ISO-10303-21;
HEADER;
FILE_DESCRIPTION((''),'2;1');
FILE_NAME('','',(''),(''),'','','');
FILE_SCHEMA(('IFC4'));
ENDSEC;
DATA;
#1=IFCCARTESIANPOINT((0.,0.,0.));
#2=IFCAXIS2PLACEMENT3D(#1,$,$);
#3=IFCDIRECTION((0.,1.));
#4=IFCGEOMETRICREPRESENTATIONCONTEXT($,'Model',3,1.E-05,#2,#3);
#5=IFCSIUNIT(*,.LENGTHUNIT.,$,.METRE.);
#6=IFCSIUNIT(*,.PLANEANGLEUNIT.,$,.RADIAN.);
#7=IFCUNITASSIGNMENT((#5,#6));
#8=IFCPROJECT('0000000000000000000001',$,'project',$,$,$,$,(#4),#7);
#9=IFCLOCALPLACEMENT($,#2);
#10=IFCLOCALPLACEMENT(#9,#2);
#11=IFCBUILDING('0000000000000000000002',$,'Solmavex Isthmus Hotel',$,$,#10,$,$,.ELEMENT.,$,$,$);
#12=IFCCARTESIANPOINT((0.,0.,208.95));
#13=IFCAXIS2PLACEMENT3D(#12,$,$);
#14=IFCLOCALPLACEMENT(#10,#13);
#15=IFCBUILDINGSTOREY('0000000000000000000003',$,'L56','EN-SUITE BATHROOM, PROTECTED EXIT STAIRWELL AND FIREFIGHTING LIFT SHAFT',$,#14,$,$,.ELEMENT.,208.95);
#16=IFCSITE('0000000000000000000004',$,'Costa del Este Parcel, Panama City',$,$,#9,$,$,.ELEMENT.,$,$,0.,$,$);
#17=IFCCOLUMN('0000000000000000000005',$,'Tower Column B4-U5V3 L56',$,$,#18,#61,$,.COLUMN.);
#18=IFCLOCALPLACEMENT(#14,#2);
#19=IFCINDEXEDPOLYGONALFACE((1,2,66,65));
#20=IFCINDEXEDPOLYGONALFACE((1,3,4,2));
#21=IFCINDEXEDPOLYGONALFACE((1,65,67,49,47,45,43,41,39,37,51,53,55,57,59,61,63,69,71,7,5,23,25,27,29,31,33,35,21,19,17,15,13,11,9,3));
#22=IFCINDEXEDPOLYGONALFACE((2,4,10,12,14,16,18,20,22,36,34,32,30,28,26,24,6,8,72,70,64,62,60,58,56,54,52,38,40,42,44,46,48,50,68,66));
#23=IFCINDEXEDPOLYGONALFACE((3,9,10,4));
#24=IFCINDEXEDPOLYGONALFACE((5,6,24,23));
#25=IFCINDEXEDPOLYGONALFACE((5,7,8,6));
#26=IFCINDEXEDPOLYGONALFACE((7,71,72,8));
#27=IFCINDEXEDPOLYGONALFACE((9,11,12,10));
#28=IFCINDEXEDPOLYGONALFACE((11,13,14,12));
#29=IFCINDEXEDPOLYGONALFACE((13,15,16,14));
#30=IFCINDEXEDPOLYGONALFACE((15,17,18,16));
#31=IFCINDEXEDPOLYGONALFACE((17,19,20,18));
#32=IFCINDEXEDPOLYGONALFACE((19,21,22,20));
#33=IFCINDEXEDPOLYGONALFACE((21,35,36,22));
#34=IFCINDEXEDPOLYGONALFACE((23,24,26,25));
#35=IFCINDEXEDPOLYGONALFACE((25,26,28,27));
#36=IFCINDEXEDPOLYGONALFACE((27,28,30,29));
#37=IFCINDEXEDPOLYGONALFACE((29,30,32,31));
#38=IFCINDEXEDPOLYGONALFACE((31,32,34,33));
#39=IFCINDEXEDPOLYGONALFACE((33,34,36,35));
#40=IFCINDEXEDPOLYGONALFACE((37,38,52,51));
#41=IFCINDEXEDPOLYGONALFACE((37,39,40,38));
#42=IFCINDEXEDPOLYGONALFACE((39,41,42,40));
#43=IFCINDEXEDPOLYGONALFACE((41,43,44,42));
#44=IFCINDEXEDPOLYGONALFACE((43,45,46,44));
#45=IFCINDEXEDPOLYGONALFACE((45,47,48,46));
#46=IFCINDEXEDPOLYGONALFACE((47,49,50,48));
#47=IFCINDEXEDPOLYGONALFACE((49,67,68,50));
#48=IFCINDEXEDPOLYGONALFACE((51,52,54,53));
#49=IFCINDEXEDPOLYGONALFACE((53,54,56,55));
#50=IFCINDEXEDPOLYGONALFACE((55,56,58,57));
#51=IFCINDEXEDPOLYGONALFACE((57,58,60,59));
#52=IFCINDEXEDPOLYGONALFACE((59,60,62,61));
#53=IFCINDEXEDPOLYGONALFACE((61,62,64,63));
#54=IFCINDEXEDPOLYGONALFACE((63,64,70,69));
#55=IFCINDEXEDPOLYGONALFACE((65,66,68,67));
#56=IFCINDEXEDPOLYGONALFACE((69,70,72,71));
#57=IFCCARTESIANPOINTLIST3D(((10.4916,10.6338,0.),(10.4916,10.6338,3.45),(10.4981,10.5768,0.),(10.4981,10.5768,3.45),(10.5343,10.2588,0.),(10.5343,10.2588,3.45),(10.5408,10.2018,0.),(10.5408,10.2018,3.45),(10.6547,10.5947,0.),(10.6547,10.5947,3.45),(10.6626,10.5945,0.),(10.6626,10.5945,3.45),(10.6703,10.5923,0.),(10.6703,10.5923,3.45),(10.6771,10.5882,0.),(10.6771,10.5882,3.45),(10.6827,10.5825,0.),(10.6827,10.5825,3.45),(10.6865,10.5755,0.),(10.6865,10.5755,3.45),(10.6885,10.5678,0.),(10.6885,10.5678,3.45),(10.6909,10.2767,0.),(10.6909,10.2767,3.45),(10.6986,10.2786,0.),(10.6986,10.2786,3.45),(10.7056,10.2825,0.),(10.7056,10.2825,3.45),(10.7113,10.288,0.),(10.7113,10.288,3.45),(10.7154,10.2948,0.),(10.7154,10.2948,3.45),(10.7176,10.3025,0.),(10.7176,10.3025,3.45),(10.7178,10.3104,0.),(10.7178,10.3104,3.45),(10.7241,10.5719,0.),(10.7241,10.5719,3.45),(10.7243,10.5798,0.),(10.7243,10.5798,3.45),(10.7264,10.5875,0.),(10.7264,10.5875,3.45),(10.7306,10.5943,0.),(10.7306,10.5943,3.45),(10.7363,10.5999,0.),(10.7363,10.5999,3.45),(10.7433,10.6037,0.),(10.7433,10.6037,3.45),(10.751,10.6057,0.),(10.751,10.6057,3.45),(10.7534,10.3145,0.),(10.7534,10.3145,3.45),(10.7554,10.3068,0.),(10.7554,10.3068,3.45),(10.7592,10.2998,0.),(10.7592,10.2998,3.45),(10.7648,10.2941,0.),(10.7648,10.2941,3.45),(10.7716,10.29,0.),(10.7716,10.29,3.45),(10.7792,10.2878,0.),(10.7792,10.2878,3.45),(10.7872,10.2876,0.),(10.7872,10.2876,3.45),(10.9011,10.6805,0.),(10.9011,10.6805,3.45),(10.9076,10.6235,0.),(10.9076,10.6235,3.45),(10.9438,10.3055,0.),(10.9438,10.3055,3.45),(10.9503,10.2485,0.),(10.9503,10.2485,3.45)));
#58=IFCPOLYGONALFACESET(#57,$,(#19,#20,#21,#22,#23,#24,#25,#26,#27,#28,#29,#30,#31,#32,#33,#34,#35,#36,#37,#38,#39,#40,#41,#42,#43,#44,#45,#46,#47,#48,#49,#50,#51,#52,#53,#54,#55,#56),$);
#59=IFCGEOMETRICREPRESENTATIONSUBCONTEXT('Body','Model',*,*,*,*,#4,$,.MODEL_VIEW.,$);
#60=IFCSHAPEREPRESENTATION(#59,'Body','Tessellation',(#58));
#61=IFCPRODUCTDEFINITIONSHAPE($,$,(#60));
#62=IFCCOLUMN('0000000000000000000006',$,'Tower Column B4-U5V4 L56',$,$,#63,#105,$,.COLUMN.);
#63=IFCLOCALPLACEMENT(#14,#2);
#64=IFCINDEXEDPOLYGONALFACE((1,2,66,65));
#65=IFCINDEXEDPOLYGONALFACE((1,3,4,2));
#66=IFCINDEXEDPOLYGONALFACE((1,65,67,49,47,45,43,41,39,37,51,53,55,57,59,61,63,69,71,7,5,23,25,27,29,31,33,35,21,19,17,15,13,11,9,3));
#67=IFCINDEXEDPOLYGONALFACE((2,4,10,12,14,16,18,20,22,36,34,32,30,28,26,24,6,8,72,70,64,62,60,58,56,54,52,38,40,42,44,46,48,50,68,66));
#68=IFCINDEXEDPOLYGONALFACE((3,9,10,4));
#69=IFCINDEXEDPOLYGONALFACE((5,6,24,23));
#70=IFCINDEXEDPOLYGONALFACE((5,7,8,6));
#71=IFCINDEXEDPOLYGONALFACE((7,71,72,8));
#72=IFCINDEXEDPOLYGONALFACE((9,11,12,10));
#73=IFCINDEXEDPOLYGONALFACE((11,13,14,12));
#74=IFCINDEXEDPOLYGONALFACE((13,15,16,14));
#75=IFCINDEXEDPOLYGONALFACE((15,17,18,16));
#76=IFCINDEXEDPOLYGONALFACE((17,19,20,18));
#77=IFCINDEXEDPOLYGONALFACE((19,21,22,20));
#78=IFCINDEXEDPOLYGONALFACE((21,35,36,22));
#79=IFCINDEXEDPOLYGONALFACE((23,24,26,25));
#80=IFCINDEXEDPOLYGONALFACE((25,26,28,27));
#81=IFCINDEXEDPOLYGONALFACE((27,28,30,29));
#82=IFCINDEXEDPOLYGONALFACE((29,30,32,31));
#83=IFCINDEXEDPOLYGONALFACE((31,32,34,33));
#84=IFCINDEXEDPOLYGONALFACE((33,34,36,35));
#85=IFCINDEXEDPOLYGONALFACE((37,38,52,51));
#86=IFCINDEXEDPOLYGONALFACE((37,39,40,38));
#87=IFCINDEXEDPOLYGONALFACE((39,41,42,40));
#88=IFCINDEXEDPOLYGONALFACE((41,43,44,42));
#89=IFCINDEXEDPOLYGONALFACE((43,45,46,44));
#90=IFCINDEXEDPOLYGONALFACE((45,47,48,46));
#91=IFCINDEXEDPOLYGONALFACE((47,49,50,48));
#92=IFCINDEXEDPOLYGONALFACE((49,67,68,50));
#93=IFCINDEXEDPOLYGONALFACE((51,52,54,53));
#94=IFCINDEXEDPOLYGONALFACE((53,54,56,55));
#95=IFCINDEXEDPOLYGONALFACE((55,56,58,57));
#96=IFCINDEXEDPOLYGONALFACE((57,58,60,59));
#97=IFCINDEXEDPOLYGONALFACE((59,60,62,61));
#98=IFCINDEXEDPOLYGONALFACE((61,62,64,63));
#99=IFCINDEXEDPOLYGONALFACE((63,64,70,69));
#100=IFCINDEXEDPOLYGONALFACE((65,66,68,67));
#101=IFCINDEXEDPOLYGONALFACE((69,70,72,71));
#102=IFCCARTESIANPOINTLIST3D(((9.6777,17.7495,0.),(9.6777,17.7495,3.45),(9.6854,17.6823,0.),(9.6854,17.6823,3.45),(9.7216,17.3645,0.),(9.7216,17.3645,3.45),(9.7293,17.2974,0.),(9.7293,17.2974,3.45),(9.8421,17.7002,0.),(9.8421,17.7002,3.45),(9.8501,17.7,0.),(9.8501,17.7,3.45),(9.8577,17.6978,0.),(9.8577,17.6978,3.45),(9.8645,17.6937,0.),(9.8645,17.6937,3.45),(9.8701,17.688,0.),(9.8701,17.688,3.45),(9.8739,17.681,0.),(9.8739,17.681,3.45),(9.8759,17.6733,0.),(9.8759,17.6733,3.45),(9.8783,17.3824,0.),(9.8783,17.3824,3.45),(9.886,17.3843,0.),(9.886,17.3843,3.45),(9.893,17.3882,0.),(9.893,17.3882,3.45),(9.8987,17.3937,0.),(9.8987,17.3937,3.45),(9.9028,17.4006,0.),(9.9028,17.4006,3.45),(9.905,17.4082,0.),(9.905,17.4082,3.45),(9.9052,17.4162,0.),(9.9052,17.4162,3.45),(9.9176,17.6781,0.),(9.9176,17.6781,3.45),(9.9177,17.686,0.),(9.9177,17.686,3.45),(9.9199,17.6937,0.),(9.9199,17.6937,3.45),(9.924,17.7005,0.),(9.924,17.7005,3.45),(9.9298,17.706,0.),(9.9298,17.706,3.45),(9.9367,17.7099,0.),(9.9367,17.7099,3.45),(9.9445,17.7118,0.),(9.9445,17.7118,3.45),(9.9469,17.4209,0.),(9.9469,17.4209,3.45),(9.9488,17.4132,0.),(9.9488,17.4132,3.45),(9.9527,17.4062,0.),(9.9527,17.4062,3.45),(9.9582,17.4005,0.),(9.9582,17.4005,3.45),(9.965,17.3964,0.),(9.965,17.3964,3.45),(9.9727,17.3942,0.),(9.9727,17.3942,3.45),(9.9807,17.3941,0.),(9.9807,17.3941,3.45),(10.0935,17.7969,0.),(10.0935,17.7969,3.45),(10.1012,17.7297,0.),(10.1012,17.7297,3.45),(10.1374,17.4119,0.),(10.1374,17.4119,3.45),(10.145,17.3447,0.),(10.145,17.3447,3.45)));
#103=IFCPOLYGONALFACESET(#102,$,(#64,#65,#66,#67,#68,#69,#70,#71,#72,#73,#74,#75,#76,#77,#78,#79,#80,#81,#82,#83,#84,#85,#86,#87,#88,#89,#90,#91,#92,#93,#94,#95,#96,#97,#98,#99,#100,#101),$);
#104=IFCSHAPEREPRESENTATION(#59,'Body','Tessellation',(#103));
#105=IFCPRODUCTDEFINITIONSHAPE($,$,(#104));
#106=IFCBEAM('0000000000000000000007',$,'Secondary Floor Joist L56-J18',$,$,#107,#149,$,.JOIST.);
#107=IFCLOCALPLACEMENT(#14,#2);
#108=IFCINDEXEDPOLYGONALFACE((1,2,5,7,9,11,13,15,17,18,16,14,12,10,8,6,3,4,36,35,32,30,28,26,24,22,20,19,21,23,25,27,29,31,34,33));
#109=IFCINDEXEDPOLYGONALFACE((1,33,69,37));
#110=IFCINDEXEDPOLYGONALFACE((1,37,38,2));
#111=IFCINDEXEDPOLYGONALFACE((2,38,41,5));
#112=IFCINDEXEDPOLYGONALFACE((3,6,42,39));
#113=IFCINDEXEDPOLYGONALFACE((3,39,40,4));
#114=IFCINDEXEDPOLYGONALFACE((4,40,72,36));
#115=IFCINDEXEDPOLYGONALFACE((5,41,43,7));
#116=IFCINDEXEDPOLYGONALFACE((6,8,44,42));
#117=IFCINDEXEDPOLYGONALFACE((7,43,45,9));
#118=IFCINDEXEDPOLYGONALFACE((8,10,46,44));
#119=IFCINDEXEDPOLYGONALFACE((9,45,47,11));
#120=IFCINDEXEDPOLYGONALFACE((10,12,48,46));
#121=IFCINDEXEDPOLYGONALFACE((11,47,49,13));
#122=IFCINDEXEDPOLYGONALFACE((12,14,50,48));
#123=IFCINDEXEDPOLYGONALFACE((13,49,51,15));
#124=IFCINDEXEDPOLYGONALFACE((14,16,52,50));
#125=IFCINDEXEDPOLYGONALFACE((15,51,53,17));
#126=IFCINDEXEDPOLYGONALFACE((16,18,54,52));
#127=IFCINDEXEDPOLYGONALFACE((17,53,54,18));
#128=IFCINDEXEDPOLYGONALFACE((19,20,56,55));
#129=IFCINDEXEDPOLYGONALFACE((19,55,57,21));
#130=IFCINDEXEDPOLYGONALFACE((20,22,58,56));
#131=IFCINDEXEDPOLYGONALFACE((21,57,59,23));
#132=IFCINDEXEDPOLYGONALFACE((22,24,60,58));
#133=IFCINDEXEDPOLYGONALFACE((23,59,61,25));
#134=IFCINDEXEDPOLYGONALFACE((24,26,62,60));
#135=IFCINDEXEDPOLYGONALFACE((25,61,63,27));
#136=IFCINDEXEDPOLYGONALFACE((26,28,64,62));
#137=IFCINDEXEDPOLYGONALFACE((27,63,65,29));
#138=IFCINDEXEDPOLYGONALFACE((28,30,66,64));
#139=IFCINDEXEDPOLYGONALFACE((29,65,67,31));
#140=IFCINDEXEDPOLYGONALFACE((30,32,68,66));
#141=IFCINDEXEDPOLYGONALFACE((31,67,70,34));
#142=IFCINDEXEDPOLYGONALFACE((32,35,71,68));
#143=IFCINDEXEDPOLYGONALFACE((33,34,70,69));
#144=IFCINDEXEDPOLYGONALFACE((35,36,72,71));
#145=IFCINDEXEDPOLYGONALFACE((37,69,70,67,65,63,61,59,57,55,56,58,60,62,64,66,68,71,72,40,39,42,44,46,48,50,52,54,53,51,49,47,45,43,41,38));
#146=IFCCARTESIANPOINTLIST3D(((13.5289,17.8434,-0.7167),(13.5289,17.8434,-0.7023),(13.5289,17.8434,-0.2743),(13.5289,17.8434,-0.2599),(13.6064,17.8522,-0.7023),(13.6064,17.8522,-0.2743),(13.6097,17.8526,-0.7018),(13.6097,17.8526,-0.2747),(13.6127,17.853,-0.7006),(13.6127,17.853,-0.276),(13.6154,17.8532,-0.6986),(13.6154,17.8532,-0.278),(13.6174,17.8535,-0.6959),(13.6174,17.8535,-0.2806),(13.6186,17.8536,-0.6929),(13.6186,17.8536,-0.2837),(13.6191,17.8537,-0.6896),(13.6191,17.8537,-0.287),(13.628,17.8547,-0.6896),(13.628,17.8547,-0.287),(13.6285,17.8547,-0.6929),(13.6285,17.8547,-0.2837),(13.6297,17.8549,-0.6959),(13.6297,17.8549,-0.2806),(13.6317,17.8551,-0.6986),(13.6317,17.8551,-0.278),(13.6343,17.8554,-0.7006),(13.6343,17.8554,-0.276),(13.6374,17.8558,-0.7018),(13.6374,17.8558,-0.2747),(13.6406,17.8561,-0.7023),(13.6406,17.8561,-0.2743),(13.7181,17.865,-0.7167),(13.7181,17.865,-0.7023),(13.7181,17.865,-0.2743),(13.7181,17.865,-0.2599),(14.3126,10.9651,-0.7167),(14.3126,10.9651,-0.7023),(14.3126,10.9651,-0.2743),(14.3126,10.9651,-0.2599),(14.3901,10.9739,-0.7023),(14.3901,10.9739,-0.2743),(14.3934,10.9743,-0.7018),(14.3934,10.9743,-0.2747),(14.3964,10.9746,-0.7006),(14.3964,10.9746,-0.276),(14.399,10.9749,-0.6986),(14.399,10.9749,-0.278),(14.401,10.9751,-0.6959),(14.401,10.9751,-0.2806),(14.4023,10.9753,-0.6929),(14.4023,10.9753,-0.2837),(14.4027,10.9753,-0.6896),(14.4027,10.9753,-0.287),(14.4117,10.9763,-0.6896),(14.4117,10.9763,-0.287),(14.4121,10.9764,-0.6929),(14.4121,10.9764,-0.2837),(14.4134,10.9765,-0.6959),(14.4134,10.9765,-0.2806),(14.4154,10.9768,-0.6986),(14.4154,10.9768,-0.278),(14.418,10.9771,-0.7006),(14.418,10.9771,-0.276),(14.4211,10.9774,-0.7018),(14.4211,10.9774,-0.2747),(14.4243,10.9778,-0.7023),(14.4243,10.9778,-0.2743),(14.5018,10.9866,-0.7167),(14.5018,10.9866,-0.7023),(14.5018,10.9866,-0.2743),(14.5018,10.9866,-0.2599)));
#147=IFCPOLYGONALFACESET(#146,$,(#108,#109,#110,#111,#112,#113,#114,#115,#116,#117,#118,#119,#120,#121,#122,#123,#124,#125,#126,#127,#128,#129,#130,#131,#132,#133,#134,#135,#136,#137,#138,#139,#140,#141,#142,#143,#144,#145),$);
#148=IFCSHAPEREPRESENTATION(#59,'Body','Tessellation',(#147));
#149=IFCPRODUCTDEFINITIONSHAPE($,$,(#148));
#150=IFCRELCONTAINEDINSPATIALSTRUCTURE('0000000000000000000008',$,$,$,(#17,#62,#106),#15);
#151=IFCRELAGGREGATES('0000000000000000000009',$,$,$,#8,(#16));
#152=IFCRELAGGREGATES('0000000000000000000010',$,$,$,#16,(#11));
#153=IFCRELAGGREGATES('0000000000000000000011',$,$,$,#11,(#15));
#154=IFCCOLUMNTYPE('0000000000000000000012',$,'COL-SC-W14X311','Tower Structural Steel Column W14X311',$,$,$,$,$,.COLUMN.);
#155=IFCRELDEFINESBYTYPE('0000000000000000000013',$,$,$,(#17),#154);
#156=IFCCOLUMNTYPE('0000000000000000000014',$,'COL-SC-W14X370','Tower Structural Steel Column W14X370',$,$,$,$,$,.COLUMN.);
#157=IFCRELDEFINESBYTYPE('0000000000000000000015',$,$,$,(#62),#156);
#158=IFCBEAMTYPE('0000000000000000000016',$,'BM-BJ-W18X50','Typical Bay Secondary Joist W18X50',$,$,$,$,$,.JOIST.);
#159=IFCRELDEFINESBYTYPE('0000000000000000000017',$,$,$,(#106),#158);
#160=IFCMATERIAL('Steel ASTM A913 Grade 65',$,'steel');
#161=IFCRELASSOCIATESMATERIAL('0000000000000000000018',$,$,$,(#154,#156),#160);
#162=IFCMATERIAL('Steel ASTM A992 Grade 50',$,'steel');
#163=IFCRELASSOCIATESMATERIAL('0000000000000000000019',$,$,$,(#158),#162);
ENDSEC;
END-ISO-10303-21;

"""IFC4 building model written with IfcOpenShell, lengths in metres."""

from ifc_helpers import new_model, si_unit, direction, frame, origin, origin_2d, place, context, subcontext, project, spatial, i_section, extrude, material, material_profile, profile_set, type_object, element, save


model = new_model("IFC4")

# Units and contexts
model_context = context("Model", 3, precision=1e-05, world=origin(), true_north=direction((0.0, 1.0)))
body_context = subcontext(model_context, "Body", "Model", "MODEL_VIEW")
ifc_project = project(units=[si_unit("LENGTHUNIT", "METRE"), si_unit("PLANEANGLEUNIT", "RADIAN")], contexts=[model_context])

# Site, building, storey
site_placement = place(None, origin())
site = spatial("IfcSite", under=ifc_project, at=site_placement, Name="Costa del Este Parcel, Panama City", CompositionType="ELEMENT", RefElevation=0.0)
building_placement = place(site_placement, origin())
building = spatial("IfcBuilding", under=site, at=building_placement, Name="Solmavex Isthmus Hotel", CompositionType="ELEMENT")
storey_placement = place(building_placement, frame((0.0, 0.0, 208.95)))
storey = spatial("IfcBuildingStorey", under=building, at=storey_placement, Name="L56", Description="EN-SUITE BATHROOM, PROTECTED EXIT STAIRWELL AND FIREFIGHTING LIFT SHAFT", CompositionType="ELEMENT", Elevation=208.95)

# Columns
ifc_material_1 = material(Name="Steel ASTM A913 Grade 65", Category="steel")
ifc_material_profile_1 = material_profile(ifc_material_1, i_section(OverallWidth=0.4121, OverallDepth=0.4348, WebThickness=0.0359, FlangeThickness=0.0574, FilletRadius=0.0305, at=origin_2d()), Name="W14X311")
ifc_profile_set_1 = profile_set([ifc_material_profile_1], Name="Steel ASTM A913 Grade 65")
column_type_1 = type_object("IfcColumnType", Name="COL-SC-W14X311", Description="Tower Structural Steel Column W14X311", PredefinedType="COLUMN", material=ifc_profile_set_1)
column_1_placement = place(storey_placement, frame((10.7209, 10.4412, 0.0), z_axis=(0.0, 0.0, 1.0), x_axis=(0.993572, 0.113203, 0.0)))
element("IfcColumn", 1, at=column_1_placement, inside=storey, type_object=column_type_1, Name="Tower Column B4-U5V3 L56", PredefinedType="COLUMN", context=body_context, shape_type="SweptSolid", body=[
    extrude(i_section(OverallWidth=0.4121, OverallDepth=0.4348, WebThickness=0.0359, FlangeThickness=0.0574, FilletRadius=0.0305, at=origin_2d()), origin(), (0.0, 0.0, 1.0), 3.45),
])
ifc_material_profile_2 = material_profile(ifc_material_1, i_section(OverallWidth=0.4185, OverallDepth=0.4551, WebThickness=0.042, FlangeThickness=0.0676, FilletRadius=0.0305, at=origin_2d()), Name="W14X370")
ifc_profile_set_2 = profile_set([ifc_material_profile_2], Name="Steel ASTM A913 Grade 65")
column_type_2 = type_object("IfcColumnType", Name="COL-SC-W14X370", Description="Tower Structural Steel Column W14X370", PredefinedType="COLUMN", material=ifc_profile_set_2)
column_2_placement = place(storey_placement, frame((9.9114, 17.5471, 0.0), z_axis=(0.0, 0.0, 1.0), x_axis=(0.993572, 0.113203, 0.0)))
element("IfcColumn", 2, at=column_2_placement, inside=storey, type_object=column_type_2, Name="Tower Column B4-U5V4 L56", PredefinedType="COLUMN", context=body_context, shape_type="SweptSolid", body=[
    extrude(i_section(OverallWidth=0.4185, OverallDepth=0.4551, WebThickness=0.042, FlangeThickness=0.0676, FilletRadius=0.0305, at=origin_2d()), origin(), (0.0, 0.0, 1.0), 3.45),
])

# Beam
ifc_material_2 = material(Name="Steel ASTM A992 Grade 50", Category="steel")
ifc_material_profile_3 = material_profile(ifc_material_2, i_section(OverallWidth=0.1904, OverallDepth=0.4568, WebThickness=0.009, FlangeThickness=0.0144, FilletRadius=0.0127, at=origin_2d()), Name="W18X50")
ifc_profile_set_3 = profile_set([ifc_material_profile_3], Name="Steel ASTM A992 Grade 50")
beam_type_1 = type_object("IfcBeamType", Name="BM-BJ-W18X50", Description="Typical Bay Secondary Joist W18X50", PredefinedType="JOIST", material=ifc_profile_set_3)
beam_1_placement = place(storey_placement, frame((14.4072, 10.9758, -0.4883), z_axis=(-0.113202, 0.993572, 0.0), x_axis=(-0.993572, -0.113202, 0.0)))
element("IfcBeam", 3, at=beam_1_placement, inside=storey, type_object=beam_type_1, Name="Secondary Floor Joist L56-J18", PredefinedType="JOIST", context=body_context, shape_type="SweptSolid", body=[
    extrude(i_section(OverallWidth=0.1904, OverallDepth=0.4568, WebThickness=0.009, FlangeThickness=0.0144, FilletRadius=0.0127, at=origin_2d()), origin(), (0.0, 0.0, 1.0), 6.9229),
])

save(model, "model.ifc")
